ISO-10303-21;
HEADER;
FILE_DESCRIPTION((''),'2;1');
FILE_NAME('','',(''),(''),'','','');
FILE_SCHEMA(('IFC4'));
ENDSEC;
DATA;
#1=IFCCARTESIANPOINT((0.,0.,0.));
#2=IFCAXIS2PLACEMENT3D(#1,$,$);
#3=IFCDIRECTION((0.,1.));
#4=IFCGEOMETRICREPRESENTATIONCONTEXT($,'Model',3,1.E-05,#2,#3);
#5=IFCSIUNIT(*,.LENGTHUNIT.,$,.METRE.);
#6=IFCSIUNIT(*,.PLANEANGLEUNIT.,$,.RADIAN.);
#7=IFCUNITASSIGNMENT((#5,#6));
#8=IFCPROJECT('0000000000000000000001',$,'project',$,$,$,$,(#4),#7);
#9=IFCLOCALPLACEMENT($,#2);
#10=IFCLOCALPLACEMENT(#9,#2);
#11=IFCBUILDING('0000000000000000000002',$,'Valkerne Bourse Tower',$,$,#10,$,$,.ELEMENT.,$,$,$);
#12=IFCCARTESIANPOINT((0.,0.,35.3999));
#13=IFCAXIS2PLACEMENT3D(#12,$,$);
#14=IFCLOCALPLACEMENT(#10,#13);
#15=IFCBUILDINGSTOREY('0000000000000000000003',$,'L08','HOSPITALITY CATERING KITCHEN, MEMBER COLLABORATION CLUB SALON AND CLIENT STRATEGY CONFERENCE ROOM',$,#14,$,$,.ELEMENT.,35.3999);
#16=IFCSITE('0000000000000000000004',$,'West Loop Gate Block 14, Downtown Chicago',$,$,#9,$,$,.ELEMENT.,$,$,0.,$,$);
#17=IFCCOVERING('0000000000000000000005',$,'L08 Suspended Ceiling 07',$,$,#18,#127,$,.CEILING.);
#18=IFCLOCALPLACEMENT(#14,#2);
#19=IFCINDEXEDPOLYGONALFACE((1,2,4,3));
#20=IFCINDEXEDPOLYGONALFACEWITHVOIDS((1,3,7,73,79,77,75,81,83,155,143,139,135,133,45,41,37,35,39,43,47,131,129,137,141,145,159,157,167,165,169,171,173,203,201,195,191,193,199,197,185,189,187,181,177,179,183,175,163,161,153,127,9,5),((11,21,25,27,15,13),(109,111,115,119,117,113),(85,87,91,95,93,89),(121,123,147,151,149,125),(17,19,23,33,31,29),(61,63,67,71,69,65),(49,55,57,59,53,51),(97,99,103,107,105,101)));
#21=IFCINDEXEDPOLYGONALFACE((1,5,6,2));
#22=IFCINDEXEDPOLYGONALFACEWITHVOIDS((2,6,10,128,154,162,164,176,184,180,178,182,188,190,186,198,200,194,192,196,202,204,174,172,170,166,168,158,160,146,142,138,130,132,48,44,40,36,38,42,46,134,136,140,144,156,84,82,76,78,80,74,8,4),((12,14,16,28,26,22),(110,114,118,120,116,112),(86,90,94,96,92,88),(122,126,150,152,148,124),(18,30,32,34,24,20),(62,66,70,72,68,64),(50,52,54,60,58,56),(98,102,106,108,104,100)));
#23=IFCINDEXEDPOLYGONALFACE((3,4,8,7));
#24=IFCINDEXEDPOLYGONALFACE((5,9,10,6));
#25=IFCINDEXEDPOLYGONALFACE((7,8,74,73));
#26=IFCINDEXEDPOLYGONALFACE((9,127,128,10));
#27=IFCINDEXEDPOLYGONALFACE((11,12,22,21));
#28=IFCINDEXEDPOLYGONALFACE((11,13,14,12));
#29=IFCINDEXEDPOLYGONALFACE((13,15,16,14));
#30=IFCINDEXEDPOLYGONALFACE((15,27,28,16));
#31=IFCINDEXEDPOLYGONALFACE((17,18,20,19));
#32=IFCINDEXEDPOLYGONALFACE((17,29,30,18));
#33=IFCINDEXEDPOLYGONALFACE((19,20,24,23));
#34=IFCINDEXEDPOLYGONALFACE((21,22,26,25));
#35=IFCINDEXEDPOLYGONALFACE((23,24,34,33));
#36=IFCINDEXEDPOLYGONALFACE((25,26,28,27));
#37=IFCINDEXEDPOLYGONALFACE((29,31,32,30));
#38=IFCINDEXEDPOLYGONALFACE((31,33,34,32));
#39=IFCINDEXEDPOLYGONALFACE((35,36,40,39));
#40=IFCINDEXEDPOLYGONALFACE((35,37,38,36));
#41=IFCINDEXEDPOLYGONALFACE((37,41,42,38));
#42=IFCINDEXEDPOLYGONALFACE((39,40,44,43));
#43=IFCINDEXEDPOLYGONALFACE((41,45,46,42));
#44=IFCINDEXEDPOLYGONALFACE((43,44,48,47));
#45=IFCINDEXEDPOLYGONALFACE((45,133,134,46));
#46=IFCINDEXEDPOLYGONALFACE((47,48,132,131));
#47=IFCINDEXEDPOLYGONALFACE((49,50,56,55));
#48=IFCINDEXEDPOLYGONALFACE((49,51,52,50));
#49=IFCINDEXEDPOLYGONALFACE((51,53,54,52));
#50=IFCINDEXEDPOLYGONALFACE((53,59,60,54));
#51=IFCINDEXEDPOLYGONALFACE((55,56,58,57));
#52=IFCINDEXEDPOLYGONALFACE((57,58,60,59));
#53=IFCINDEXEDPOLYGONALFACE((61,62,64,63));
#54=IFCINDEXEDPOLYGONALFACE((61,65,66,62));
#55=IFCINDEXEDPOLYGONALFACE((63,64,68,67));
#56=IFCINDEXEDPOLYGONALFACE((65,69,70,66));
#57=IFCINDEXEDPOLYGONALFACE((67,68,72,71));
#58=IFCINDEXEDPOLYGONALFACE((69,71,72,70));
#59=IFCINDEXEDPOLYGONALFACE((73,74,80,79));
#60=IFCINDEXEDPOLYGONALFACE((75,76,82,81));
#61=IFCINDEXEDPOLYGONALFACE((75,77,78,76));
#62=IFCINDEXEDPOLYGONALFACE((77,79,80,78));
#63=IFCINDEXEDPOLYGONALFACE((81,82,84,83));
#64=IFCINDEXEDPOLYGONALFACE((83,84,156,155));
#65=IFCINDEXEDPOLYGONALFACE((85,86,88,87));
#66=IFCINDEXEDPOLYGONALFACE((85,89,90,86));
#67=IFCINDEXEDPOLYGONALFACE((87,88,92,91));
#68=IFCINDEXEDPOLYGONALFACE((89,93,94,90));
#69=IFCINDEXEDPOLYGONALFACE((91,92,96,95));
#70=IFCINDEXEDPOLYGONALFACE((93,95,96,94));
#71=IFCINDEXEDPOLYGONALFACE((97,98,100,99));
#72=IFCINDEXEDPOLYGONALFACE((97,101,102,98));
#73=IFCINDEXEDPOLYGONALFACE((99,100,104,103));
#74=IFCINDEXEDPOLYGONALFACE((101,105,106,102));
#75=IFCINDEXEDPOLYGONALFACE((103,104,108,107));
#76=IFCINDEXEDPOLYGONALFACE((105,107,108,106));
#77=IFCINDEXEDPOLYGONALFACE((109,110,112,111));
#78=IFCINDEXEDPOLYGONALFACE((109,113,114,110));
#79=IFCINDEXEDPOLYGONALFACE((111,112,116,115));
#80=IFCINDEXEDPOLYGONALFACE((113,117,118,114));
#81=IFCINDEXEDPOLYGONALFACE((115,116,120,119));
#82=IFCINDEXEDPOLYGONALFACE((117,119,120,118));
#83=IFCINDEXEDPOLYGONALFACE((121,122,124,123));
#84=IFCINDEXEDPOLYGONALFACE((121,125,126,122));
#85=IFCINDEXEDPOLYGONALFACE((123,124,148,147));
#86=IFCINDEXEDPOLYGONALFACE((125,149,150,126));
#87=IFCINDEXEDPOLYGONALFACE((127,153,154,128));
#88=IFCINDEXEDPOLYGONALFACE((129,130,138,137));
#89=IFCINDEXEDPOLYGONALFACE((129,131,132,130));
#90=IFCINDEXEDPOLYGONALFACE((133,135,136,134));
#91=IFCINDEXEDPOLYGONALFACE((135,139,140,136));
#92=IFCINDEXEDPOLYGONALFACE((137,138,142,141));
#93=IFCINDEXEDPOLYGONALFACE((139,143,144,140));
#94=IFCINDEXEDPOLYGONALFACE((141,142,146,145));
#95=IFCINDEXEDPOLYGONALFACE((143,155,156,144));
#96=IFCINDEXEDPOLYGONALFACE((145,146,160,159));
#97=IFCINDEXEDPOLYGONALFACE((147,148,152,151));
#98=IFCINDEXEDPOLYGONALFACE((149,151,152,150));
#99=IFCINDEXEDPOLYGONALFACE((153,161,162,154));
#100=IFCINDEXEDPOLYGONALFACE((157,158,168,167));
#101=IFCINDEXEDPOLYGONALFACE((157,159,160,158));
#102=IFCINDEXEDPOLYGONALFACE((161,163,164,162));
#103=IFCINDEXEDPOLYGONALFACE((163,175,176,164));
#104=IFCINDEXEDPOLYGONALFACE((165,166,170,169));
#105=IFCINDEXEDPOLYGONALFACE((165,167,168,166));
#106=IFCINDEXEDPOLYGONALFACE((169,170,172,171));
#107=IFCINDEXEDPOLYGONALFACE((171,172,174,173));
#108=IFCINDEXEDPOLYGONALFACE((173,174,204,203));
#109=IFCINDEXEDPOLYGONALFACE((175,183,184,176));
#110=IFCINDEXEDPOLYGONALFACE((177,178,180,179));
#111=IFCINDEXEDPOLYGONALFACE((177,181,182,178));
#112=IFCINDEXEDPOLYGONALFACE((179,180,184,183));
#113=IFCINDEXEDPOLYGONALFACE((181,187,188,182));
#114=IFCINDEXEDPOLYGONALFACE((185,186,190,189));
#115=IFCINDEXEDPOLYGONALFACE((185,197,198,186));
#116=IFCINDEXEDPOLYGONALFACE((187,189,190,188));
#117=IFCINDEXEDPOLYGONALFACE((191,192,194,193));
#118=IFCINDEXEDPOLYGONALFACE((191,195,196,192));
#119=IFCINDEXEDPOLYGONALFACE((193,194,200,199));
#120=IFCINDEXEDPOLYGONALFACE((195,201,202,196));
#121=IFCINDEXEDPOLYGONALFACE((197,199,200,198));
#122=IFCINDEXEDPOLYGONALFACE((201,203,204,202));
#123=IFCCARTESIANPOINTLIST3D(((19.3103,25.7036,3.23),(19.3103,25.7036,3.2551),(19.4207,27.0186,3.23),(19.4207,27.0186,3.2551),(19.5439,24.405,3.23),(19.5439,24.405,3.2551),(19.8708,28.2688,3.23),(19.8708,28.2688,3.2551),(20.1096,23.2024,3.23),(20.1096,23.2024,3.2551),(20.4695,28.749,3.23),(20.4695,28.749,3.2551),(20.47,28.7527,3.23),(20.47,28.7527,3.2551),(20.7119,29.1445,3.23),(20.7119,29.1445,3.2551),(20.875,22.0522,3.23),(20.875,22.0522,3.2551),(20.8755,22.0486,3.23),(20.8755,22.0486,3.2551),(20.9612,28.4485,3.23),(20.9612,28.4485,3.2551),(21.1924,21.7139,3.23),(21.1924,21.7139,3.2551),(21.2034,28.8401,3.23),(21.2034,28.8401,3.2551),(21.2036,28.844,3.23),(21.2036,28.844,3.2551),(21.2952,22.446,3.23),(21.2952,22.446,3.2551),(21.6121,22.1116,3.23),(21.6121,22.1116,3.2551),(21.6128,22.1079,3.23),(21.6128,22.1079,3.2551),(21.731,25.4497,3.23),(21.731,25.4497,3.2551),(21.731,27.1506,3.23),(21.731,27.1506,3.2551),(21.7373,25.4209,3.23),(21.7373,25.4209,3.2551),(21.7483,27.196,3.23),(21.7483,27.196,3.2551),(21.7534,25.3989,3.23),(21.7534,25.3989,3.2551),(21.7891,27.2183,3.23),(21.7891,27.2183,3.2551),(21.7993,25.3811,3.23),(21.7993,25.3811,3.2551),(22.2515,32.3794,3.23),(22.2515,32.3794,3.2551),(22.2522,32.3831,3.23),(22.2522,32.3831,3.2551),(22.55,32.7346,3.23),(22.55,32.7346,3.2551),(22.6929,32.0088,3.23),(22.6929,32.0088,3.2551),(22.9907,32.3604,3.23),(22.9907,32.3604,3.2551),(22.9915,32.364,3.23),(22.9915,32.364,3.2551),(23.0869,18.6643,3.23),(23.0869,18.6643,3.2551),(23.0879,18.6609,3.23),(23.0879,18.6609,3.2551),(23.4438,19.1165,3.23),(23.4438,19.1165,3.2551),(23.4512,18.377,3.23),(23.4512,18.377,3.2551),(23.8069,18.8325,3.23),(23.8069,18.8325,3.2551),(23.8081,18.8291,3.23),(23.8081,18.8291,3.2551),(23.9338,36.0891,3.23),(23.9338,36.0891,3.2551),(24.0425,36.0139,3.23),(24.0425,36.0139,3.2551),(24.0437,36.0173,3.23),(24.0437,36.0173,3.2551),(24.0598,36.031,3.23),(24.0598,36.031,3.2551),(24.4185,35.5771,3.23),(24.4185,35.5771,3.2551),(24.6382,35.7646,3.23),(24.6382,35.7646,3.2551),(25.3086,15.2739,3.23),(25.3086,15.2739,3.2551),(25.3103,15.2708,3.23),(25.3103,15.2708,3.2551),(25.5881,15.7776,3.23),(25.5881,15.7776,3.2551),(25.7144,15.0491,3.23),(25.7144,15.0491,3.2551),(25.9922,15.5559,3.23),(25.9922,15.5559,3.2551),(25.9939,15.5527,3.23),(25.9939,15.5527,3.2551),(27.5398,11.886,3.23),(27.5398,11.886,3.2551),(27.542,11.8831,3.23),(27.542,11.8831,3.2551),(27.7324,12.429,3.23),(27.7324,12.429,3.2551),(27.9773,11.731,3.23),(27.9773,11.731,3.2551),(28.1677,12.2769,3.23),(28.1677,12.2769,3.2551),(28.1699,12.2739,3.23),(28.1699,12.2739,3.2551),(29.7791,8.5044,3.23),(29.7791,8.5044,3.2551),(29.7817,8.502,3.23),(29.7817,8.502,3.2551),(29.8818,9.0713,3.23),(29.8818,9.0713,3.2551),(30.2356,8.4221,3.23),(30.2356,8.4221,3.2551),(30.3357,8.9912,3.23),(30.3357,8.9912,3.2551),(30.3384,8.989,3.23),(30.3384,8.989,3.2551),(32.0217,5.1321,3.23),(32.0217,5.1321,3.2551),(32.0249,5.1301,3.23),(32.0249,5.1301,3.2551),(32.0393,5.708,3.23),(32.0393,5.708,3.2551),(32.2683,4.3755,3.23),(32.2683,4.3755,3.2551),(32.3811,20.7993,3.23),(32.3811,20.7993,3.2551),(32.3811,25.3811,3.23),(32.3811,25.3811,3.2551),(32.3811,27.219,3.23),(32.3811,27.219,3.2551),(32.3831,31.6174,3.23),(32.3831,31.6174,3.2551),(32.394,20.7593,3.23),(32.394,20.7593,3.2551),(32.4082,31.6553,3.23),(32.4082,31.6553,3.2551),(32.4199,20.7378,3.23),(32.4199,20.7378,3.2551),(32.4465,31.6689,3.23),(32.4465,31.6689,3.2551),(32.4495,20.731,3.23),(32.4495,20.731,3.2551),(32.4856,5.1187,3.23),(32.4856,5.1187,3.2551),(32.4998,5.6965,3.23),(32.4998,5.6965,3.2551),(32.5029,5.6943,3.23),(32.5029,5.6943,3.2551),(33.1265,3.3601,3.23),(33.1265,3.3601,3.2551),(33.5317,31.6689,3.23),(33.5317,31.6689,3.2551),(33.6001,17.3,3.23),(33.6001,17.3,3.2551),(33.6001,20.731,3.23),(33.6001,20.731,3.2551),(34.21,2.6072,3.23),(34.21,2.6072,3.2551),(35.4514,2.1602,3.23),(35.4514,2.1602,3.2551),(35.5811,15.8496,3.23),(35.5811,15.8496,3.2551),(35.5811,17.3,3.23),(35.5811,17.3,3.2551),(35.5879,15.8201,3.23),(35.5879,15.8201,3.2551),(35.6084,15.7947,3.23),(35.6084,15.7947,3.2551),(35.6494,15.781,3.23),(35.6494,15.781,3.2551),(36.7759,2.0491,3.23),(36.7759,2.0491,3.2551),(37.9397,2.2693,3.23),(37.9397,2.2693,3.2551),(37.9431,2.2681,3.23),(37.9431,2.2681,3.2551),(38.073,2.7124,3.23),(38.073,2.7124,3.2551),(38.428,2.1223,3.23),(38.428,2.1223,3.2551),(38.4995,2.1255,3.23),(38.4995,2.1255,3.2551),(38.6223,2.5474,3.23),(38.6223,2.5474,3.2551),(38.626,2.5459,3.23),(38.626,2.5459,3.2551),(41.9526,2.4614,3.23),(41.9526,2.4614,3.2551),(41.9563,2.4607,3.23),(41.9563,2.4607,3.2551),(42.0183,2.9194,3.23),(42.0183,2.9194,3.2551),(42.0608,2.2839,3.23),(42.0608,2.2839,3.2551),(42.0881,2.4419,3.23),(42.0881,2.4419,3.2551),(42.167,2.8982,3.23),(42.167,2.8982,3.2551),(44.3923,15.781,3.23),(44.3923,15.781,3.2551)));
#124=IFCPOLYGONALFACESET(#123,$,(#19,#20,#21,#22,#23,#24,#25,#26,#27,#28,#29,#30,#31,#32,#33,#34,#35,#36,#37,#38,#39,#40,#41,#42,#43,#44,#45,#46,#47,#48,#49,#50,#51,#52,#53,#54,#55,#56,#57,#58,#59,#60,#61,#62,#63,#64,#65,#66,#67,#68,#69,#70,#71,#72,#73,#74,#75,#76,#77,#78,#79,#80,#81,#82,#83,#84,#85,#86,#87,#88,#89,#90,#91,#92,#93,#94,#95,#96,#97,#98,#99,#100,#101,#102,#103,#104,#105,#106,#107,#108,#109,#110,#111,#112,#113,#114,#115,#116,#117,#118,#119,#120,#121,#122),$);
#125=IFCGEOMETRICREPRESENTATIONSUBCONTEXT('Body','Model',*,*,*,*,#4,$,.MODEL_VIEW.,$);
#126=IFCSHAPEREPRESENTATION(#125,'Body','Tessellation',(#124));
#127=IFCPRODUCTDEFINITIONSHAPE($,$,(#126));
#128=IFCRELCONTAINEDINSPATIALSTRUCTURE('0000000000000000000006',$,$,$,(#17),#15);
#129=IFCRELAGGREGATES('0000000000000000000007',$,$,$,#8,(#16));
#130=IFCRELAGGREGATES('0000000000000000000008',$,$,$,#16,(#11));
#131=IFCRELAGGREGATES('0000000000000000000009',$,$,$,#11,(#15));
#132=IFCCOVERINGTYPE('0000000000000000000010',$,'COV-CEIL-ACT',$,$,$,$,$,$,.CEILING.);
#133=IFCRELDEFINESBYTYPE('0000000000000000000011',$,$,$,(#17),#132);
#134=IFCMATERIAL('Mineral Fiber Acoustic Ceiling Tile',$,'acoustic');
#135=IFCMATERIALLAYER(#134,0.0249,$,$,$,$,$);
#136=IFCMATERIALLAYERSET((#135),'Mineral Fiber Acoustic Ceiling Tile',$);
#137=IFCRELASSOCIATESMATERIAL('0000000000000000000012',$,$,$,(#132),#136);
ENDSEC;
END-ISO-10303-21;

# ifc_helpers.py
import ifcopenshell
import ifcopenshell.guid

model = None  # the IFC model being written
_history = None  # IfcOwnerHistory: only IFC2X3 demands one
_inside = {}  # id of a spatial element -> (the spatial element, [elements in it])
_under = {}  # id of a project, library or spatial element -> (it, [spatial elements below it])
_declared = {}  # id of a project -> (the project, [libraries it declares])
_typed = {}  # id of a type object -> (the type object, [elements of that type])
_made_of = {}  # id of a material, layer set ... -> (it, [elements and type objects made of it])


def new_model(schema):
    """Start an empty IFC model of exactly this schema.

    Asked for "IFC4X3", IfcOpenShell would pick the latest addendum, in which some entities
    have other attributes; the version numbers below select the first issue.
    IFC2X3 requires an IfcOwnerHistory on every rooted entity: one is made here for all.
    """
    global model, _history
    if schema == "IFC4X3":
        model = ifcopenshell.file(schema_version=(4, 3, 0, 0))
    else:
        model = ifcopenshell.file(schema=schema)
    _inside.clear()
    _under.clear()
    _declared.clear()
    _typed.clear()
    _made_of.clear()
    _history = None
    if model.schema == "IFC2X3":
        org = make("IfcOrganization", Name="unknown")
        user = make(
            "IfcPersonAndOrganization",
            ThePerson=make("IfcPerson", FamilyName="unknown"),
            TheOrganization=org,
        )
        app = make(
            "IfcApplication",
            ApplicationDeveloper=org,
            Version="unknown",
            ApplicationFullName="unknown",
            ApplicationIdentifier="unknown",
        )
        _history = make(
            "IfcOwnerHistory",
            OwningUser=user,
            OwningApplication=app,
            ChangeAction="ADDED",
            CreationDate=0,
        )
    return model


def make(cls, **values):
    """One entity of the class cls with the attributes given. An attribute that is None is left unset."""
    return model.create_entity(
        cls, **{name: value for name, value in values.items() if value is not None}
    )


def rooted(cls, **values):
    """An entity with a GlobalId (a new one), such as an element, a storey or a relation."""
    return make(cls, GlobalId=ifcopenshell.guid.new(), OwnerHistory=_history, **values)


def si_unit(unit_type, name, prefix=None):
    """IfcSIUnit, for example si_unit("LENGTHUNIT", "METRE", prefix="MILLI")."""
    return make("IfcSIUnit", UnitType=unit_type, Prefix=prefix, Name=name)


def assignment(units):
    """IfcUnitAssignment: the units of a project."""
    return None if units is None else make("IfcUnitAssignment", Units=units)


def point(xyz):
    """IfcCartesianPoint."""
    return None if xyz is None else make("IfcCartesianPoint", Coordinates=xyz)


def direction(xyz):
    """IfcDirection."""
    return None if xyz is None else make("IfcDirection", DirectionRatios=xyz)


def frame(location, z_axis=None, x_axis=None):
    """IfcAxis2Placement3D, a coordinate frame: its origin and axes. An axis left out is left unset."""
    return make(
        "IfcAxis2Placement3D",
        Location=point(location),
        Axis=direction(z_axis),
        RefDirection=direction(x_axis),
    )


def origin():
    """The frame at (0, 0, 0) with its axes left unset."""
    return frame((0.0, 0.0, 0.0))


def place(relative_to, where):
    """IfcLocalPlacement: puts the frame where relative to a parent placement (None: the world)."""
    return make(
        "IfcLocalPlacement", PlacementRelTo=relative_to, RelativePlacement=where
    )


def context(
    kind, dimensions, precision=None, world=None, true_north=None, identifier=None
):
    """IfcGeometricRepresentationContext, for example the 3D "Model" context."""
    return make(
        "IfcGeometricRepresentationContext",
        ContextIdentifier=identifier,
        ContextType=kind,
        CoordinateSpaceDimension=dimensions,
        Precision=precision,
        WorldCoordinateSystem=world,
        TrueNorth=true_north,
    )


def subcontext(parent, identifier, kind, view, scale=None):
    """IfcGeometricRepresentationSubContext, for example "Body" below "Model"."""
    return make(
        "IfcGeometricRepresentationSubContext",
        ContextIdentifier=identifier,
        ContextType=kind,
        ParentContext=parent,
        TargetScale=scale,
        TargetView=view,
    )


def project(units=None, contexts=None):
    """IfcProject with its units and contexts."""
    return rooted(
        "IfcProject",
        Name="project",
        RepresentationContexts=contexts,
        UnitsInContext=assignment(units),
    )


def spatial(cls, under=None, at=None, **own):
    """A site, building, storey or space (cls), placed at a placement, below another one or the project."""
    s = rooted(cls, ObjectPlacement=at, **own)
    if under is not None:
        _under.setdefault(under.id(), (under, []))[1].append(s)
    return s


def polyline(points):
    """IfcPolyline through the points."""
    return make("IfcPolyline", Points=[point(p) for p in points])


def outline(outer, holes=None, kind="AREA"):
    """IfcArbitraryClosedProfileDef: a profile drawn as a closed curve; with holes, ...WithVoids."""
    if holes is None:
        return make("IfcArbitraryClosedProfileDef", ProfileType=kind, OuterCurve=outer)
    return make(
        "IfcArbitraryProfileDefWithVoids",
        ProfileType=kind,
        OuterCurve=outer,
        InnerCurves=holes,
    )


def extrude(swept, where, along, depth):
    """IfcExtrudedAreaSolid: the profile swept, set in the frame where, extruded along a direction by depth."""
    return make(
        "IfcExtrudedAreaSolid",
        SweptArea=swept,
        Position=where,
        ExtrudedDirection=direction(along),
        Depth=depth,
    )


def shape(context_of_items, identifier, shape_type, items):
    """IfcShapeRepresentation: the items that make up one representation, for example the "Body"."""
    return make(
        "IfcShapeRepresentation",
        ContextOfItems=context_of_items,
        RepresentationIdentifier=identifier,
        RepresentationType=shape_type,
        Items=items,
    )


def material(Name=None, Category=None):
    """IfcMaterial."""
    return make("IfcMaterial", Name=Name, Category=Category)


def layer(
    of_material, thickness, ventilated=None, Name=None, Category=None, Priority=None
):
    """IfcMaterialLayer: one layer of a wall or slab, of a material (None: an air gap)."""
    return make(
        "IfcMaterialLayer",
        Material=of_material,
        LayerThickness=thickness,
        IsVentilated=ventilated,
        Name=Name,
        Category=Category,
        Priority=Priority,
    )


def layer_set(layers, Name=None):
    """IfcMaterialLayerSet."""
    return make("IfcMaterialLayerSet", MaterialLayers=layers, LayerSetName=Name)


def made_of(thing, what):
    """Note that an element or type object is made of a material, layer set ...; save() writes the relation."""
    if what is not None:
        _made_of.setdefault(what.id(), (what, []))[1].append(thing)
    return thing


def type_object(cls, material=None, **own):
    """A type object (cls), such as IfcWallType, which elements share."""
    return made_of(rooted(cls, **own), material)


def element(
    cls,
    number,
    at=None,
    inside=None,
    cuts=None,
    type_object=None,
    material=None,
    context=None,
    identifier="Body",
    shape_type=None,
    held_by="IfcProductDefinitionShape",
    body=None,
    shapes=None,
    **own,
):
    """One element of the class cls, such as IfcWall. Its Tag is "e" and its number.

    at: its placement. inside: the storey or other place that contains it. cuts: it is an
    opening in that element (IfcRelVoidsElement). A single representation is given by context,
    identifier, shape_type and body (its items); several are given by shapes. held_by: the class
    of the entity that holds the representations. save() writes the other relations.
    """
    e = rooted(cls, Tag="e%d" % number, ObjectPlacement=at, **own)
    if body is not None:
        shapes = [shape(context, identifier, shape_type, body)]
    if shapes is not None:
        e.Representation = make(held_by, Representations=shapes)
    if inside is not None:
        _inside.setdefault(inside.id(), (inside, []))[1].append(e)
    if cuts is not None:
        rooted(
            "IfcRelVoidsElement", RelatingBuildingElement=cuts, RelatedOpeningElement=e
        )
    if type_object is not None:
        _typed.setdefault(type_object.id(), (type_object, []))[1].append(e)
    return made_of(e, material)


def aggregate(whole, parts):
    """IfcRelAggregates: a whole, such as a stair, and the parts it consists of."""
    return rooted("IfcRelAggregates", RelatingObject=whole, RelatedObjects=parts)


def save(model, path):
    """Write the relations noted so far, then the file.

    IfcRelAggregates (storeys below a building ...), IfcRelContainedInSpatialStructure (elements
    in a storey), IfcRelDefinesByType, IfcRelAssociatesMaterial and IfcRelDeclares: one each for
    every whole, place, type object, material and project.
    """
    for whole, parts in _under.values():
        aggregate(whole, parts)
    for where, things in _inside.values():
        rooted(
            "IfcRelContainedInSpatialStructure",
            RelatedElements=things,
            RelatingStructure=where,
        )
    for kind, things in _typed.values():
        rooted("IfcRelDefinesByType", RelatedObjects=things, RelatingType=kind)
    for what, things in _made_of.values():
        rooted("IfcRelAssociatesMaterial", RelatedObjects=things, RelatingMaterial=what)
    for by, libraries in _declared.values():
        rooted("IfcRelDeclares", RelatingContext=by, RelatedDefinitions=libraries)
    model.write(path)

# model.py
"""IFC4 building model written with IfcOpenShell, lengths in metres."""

from ifc_helpers import new_model, si_unit, direction, frame, origin, place, context, subcontext, project, spatial, polyline, outline, extrude, material, layer, layer_set, type_object, element, save


model = new_model("IFC4")

# Units and contexts
model_context = context("Model", 3, precision=1e-05, world=origin(), true_north=direction((0.0, 1.0)))
body_context = subcontext(model_context, "Body", "Model", "MODEL_VIEW")
ifc_project = project(units=[si_unit("LENGTHUNIT", "METRE"), si_unit("PLANEANGLEUNIT", "RADIAN")], contexts=[model_context])

# Site, building, storey
site_placement = place(None, origin())
site = spatial("IfcSite", under=ifc_project, at=site_placement, Name="West Loop Gate Block 14, Downtown Chicago", CompositionType="ELEMENT", RefElevation=0.0)
building_placement = place(site_placement, origin())
building = spatial("IfcBuilding", under=site, at=building_placement, Name="Valkerne Bourse Tower", CompositionType="ELEMENT")
storey_placement = place(building_placement, frame((0.0, 0.0, 35.3999)))
storey = spatial("IfcBuildingStorey", under=building, at=storey_placement, Name="L08", Description="HOSPITALITY CATERING KITCHEN, MEMBER COLLABORATION CLUB SALON AND CLIENT STRATEGY CONFERENCE ROOM", CompositionType="ELEMENT", Elevation=35.3999)

# Covering
ifc_material_1 = material(Name="Mineral Fiber Acoustic Ceiling Tile", Category="acoustic")
ifc_layer_1 = layer(ifc_material_1, 0.0249)
ifc_layer_set_1 = layer_set([ifc_layer_1], Name="Mineral Fiber Acoustic Ceiling Tile")
covering_type_1 = type_object("IfcCoveringType", Name="COV-CEIL-ACT", PredefinedType="CEILING", material=ifc_layer_set_1)
covering_1_placement = place(storey_placement, frame((0.0, 0.0, 3.23)))
element("IfcCovering", 1, at=covering_1_placement, inside=storey, type_object=covering_type_1, Name="L08 Suspended Ceiling 07", PredefinedType="CEILING", context=body_context, shape_type="SweptSolid", body=[
    extrude(outline(polyline([(34.21, 2.6072), (33.1265, 3.3601), (32.2683, 4.3755), (20.1096, 23.2024), (19.5439, 24.405), (19.3103, 25.7036), (19.4207, 27.0186), (19.8708, 28.2688), (23.9338, 36.0891), (24.0598, 36.031), (24.0437, 36.0173), (24.0425, 36.0139), (24.4185, 35.5771), (24.6382, 35.7646), (33.5317, 31.6689), (32.4465, 31.6689), (32.4082, 31.6553), (32.3831, 31.6174), (32.3811, 27.219), (21.7891, 27.2183), (21.7483, 27.196), (21.731, 27.1506), (21.731, 25.4497), (21.7373, 25.4209), (21.7534, 25.3989), (21.7993, 25.3811), (32.3811, 25.3811), (32.3811, 20.7993), (32.394, 20.7593), (32.4199, 20.7378), (32.4495, 20.731), (33.6001, 20.731), (33.6001, 17.3), (35.5811, 17.3), (35.5811, 15.8496), (35.5879, 15.8201), (35.6084, 15.7947), (35.6494, 15.781), (44.3923, 15.781), (42.167, 2.8982), (42.0183, 2.9194), (41.9526, 2.4614), (41.9563, 2.4607), (42.0881, 2.4419), (42.0608, 2.2839), (38.4995, 2.1255), (38.626, 2.5459), (38.6223, 2.5474), (38.073, 2.7124), (37.9397, 2.2693), (37.9431, 2.2681), (38.428, 2.1223), (36.7759, 2.0491), (35.4514, 2.1602), (34.21, 2.6072)]), holes=[polyline([(32.4998, 5.6965), (32.0393, 5.708), (32.0217, 5.1321), (32.0249, 5.1301), (32.4856, 5.1187), (32.5029, 5.6943), (32.4998, 5.6965)]), polyline([(30.3357, 8.9912), (29.8818, 9.0713), (29.7791, 8.5044), (29.7817, 8.502), (30.2356, 8.4221), (30.3384, 8.989), (30.3357, 8.9912)]), polyline([(28.1699, 12.2739), (28.1677, 12.2769), (27.7324, 12.429), (27.5398, 11.886), (27.542, 11.8831), (27.9773, 11.731), (28.1699, 12.2739)]), polyline([(25.9939, 15.5527), (25.9922, 15.5559), (25.5881, 15.7776), (25.3086, 15.2739), (25.3103, 15.2708), (25.7144, 15.0491), (25.9939, 15.5527)]), polyline([(23.8069, 18.8325), (23.4438, 19.1165), (23.0869, 18.6643), (23.0879, 18.6609), (23.4512, 18.377), (23.8081, 18.8291), (23.8069, 18.8325)]), polyline([(21.6128, 22.1079), (21.6121, 22.1116), (21.2952, 22.446), (20.875, 22.0522), (20.8755, 22.0486), (21.1924, 21.7139), (21.6128, 22.1079)]), polyline([(21.2036, 28.844), (20.7119, 29.1445), (20.47, 28.7527), (20.4695, 28.749), (20.9612, 28.4485), (21.2034, 28.8401), (21.2036, 28.844)]), polyline([(22.9907, 32.3604), (22.9915, 32.364), (22.55, 32.7346), (22.2522, 32.3831), (22.2515, 32.3794), (22.6929, 32.0088), (22.9907, 32.3604)])]), origin(), (0.0, 0.0, 1.0), 0.0251),
])

save(model, "model.ifc")
